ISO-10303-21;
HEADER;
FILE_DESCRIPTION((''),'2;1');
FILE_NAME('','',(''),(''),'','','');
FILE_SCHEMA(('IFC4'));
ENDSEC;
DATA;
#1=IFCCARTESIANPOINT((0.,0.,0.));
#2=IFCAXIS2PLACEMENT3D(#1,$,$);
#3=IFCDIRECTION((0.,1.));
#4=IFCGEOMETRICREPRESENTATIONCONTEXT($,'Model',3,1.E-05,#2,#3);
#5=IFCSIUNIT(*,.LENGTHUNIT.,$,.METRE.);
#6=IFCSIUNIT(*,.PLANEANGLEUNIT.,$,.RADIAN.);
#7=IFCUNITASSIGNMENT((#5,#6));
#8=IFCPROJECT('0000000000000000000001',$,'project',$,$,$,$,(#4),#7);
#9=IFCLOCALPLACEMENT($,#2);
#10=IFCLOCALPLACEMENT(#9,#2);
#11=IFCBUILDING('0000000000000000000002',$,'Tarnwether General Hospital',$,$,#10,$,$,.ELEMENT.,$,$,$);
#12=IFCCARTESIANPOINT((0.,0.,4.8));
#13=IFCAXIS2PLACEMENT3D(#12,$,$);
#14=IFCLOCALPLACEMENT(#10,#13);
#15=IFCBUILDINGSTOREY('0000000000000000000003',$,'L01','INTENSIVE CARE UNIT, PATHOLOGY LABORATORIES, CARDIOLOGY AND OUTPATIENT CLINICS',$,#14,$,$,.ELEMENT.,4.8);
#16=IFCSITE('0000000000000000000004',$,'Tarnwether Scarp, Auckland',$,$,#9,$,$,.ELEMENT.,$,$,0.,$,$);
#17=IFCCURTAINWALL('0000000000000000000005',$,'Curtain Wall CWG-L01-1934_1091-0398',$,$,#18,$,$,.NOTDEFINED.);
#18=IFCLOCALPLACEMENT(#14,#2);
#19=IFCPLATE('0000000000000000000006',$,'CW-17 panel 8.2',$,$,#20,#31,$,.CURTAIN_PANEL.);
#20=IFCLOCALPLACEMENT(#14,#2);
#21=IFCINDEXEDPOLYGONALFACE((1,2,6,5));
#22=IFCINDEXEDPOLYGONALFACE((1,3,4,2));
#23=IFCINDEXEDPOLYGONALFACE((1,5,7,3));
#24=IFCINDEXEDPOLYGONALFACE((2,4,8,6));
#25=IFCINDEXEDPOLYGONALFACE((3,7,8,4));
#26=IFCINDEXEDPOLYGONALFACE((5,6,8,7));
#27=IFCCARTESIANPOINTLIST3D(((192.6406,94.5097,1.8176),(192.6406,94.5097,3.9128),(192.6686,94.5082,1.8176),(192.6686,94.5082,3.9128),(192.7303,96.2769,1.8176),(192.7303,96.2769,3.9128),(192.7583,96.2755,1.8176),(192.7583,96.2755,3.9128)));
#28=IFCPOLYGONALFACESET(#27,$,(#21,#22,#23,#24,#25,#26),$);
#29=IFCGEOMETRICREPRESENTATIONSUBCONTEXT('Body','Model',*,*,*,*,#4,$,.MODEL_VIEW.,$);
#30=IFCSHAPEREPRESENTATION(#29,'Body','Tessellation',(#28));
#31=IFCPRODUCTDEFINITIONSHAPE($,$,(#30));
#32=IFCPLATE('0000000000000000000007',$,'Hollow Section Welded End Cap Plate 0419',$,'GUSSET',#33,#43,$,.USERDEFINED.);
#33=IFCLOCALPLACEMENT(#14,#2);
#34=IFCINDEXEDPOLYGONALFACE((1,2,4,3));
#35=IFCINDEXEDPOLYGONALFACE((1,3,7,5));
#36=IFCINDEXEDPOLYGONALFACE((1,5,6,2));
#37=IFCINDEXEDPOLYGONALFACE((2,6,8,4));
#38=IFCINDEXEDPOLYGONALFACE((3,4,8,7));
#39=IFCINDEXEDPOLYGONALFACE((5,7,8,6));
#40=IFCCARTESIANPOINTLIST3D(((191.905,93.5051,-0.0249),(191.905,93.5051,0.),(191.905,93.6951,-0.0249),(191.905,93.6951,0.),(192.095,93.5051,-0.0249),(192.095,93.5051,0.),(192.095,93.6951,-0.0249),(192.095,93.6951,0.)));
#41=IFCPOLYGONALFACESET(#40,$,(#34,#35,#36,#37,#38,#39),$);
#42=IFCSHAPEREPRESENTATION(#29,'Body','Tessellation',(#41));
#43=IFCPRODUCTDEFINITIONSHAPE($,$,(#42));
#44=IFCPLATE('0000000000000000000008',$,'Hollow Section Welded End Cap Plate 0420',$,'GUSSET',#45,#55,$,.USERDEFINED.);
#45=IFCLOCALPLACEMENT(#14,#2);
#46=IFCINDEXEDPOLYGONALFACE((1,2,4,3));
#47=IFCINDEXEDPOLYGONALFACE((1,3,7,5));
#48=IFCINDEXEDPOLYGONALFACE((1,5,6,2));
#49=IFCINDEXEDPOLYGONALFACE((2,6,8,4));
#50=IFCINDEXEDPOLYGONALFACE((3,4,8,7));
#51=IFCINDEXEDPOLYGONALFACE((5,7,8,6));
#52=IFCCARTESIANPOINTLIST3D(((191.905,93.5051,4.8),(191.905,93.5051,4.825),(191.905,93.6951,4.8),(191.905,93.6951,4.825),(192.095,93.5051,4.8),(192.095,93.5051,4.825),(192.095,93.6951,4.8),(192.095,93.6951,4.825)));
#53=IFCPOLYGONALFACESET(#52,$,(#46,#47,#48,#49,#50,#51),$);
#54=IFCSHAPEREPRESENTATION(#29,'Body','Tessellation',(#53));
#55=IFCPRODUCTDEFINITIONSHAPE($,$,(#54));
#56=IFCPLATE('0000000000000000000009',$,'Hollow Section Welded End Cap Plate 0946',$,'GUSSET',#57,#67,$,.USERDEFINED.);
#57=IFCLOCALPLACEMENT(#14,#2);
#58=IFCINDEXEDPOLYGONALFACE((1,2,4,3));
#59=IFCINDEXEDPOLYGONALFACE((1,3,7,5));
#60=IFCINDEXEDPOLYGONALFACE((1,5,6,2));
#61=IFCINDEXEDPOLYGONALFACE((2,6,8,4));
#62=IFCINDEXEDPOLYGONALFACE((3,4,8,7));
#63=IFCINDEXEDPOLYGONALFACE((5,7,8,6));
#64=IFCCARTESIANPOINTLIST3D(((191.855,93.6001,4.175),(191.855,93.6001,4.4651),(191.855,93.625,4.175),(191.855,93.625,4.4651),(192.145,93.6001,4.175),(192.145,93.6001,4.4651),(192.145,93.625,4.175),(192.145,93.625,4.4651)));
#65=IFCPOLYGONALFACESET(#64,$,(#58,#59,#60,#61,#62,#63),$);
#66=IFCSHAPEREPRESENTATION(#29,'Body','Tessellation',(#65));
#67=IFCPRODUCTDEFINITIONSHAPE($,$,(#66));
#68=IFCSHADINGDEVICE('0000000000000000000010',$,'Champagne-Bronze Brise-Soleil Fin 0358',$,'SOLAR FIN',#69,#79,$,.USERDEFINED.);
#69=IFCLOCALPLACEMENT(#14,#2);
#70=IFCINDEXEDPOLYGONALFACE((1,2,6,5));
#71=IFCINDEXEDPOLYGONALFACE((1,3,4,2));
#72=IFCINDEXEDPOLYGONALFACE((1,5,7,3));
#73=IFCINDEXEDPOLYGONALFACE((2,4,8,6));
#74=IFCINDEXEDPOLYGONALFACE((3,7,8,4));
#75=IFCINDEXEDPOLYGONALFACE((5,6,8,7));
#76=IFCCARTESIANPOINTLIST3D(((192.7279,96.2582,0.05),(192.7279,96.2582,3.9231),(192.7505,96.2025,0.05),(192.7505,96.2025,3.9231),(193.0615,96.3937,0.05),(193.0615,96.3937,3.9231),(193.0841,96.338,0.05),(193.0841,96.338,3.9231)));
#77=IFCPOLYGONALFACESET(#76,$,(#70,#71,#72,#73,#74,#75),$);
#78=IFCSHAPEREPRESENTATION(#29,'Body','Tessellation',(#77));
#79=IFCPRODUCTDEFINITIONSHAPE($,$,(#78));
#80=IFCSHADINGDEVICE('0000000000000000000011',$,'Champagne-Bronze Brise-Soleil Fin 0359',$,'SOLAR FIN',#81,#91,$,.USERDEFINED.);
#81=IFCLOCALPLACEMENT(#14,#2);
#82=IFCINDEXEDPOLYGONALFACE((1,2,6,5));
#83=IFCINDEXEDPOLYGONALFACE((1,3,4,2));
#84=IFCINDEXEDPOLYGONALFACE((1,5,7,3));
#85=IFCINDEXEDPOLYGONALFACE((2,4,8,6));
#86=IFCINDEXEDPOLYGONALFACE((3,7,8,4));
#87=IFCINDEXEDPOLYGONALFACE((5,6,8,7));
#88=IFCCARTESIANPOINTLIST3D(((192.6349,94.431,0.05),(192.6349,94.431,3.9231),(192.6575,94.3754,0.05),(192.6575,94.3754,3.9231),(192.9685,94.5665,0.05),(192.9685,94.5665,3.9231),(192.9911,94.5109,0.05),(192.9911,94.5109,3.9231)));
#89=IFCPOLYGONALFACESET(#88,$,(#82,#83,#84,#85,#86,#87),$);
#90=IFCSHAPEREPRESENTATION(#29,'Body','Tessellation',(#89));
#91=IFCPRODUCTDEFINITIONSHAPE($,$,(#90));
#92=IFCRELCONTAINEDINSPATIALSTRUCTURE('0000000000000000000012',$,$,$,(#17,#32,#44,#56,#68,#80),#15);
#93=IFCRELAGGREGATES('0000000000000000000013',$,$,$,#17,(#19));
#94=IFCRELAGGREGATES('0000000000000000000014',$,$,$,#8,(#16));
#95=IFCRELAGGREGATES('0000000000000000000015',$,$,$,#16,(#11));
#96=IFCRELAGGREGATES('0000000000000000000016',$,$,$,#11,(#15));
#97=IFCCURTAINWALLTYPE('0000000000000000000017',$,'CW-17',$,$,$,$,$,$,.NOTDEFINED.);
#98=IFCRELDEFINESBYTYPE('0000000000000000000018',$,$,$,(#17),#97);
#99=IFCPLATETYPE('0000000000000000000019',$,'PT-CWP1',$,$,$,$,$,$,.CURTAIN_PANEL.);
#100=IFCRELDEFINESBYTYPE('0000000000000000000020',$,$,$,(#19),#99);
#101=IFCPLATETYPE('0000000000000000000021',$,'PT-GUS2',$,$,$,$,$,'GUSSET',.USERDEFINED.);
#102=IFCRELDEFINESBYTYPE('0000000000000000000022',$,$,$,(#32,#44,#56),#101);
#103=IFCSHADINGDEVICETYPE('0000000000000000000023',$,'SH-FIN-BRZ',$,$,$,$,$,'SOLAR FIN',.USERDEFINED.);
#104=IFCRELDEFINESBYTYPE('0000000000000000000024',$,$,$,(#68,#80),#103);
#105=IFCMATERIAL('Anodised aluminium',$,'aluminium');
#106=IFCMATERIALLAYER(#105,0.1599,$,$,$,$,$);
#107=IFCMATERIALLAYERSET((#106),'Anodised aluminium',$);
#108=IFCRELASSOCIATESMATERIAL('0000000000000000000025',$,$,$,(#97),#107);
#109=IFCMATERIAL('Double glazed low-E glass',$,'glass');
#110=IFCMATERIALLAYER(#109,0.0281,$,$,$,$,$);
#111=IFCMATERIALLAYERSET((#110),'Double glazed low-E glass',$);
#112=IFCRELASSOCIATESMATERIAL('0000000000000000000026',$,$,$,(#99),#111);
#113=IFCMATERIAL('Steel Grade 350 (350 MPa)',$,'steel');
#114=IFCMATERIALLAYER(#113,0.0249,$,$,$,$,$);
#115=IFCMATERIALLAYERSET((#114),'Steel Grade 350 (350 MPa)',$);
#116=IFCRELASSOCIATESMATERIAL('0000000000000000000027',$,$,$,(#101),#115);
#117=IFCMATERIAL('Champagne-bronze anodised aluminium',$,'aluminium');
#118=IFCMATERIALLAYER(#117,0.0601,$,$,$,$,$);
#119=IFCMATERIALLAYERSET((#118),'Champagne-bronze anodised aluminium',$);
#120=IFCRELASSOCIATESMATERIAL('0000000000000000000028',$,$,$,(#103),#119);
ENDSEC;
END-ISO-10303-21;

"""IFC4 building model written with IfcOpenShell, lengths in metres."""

from ifc_helpers import new_model, si_unit, direction, frame, origin, origin_2d, place, context, subcontext, project, spatial, rectangle, extrude, material, layer, layer_set, type_object, element, aggregate, save


model = new_model("IFC4")

# Units and contexts
model_context = context("Model", 3, precision=1e-05, world=origin(), true_north=direction((0.0, 1.0)))
body_context = subcontext(model_context, "Body", "Model", "MODEL_VIEW")
ifc_project = project(units=[si_unit("LENGTHUNIT", "METRE"), si_unit("PLANEANGLEUNIT", "RADIAN")], contexts=[model_context])

# Site, building, storey
site_placement = place(None, origin())
site = spatial("IfcSite", under=ifc_project, at=site_placement, Name="Tarnwether Scarp, Auckland", CompositionType="ELEMENT", RefElevation=0.0)
building_placement = place(site_placement, origin())
building = spatial("IfcBuilding", under=site, at=building_placement, Name="Tarnwether General Hospital", CompositionType="ELEMENT")
storey_placement = place(building_placement, frame((0.0, 0.0, 4.8)))
storey = spatial("IfcBuildingStorey", under=building, at=storey_placement, Name="L01", Description="INTENSIVE CARE UNIT, PATHOLOGY LABORATORIES, CARDIOLOGY AND OUTPATIENT CLINICS", CompositionType="ELEMENT", Elevation=4.8)

# Curtain wall, plate
ifc_material_1 = material(Name="Anodised aluminium", Category="aluminium")
ifc_layer_1 = layer(ifc_material_1, 0.1599)
ifc_layer_set_1 = layer_set([ifc_layer_1], Name="Anodised aluminium")
curtain_wall_type = type_object("IfcCurtainWallType", Name="CW-17", PredefinedType="NOTDEFINED", material=ifc_layer_set_1)
curtain_wall_placement = place(storey_placement, origin())
curtain_wall = element("IfcCurtainWall", 1, at=curtain_wall_placement, inside=storey, type_object=curtain_wall_type, Name="Curtain Wall CWG-L01-1934_1091-0398", PredefinedType="NOTDEFINED")
ifc_material_2 = material(Name="Double glazed low-E glass", Category="glass")
ifc_layer_2 = layer(ifc_material_2, 0.0281)
ifc_layer_set_2 = layer_set([ifc_layer_2], Name="Double glazed low-E glass")
plate_type_1 = type_object("IfcPlateType", Name="PT-CWP1", PredefinedType="CURTAIN_PANEL", material=ifc_layer_set_2)
plate_1_placement = place(storey_placement, frame((192.6995, 95.3926, 1.8176), z_axis=(0.0, 0.0, 1.0), x_axis=(-0.050685, -0.998715, 0.0)))
plate_1 = element("IfcPlate", 2, at=plate_1_placement, type_object=plate_type_1, Name="CW-17 panel 8.2", PredefinedType="CURTAIN_PANEL", context=body_context, shape_type="SweptSolid", body=[
    extrude(rectangle(XDim=1.7695, YDim=0.0281, at=origin_2d()), origin(), (0.0, 0.0, 1.0), 2.0952),
])
aggregate(curtain_wall, [plate_1])

# Plates
ifc_material_3 = material(Name="Steel Grade 350 (350 MPa)", Category="steel")
ifc_layer_3 = layer(ifc_material_3, 0.0249)
ifc_layer_set_3 = layer_set([ifc_layer_3], Name="Steel Grade 350 (350 MPa)")
plate_type_2 = type_object("IfcPlateType", Name="PT-GUS2", ElementType="GUSSET", PredefinedType="USERDEFINED", material=ifc_layer_set_3)
for number, where, z_axis, x_axis, name in (
    (3, (192.0, 93.6001, -0.0249), (0.0, 0.0, 1.0), (1.0, 0.0, 0.0), "Hollow Section Welded End Cap Plate 0419"),
    (4, (192.0, 93.6001, 4.8), (0.0, 0.0, 1.0), (1.0, 0.0, 0.0), "Hollow Section Welded End Cap Plate 0420"),
):
    element("IfcPlate", number, at=place(storey_placement, frame(where, z_axis=z_axis, x_axis=x_axis)), inside=storey, type_object=plate_type_2, Name=name, ObjectType="GUSSET", PredefinedType="USERDEFINED", context=body_context, shape_type="SweptSolid", body=[
        extrude(rectangle(XDim=0.1899, YDim=0.1899, at=origin_2d()), origin(), (0.0, 0.0, 1.0), 0.0249),
    ])
plate_2_placement = place(storey_placement, frame((192.0, 93.6125, 4.175), z_axis=(0.0, 0.0, 1.0), x_axis=(0.0, 1.0, 0.0)))
element("IfcPlate", 5, at=plate_2_placement, inside=storey, type_object=plate_type_2, Name="Hollow Section Welded End Cap Plate 0946", ObjectType="GUSSET", PredefinedType="USERDEFINED", context=body_context, shape_type="SweptSolid", body=[
    extrude(rectangle(XDim=0.0249, YDim=0.29, at=origin_2d()), origin(), (0.0, 0.0, 1.0), 0.29),
])

# Shading devices
ifc_material_4 = material(Name="Champagne-bronze anodised aluminium", Category="aluminium")
ifc_layer_4 = layer(ifc_material_4, 0.0601)
ifc_layer_set_4 = layer_set([ifc_layer_4], Name="Champagne-bronze anodised aluminium")
shading_device_type = type_object("IfcShadingDeviceType", Name="SH-FIN-BRZ", ElementType="SOLAR FIN", PredefinedType="USERDEFINED", material=ifc_layer_set_4)
for number, where, z_axis, x_axis, name in (
    (6, (192.906, 96.2981, 0.05), (0.0, 0.0, 1.0), (0.376224, -0.926529, 0.0), "Champagne-Bronze Brise-Soleil Fin 0358"),
    (7, (192.813, 94.4709, 0.05), (0.0, 0.0, 1.0), (0.376224, -0.926529, 0.0), "Champagne-Bronze Brise-Soleil Fin 0359"),
):
    element("IfcShadingDevice", number, at=place(storey_placement, frame(where, z_axis=z_axis, x_axis=x_axis)), inside=storey, type_object=shading_device_type, Name=name, ObjectType="SOLAR FIN", PredefinedType="USERDEFINED", context=body_context, shape_type="SweptSolid", body=[
        extrude(rectangle(XDim=0.0601, YDim=0.3601, at=origin_2d()), origin(), (0.0, 0.0, 1.0), 3.873),
    ])

save(model, "model.ifc")
